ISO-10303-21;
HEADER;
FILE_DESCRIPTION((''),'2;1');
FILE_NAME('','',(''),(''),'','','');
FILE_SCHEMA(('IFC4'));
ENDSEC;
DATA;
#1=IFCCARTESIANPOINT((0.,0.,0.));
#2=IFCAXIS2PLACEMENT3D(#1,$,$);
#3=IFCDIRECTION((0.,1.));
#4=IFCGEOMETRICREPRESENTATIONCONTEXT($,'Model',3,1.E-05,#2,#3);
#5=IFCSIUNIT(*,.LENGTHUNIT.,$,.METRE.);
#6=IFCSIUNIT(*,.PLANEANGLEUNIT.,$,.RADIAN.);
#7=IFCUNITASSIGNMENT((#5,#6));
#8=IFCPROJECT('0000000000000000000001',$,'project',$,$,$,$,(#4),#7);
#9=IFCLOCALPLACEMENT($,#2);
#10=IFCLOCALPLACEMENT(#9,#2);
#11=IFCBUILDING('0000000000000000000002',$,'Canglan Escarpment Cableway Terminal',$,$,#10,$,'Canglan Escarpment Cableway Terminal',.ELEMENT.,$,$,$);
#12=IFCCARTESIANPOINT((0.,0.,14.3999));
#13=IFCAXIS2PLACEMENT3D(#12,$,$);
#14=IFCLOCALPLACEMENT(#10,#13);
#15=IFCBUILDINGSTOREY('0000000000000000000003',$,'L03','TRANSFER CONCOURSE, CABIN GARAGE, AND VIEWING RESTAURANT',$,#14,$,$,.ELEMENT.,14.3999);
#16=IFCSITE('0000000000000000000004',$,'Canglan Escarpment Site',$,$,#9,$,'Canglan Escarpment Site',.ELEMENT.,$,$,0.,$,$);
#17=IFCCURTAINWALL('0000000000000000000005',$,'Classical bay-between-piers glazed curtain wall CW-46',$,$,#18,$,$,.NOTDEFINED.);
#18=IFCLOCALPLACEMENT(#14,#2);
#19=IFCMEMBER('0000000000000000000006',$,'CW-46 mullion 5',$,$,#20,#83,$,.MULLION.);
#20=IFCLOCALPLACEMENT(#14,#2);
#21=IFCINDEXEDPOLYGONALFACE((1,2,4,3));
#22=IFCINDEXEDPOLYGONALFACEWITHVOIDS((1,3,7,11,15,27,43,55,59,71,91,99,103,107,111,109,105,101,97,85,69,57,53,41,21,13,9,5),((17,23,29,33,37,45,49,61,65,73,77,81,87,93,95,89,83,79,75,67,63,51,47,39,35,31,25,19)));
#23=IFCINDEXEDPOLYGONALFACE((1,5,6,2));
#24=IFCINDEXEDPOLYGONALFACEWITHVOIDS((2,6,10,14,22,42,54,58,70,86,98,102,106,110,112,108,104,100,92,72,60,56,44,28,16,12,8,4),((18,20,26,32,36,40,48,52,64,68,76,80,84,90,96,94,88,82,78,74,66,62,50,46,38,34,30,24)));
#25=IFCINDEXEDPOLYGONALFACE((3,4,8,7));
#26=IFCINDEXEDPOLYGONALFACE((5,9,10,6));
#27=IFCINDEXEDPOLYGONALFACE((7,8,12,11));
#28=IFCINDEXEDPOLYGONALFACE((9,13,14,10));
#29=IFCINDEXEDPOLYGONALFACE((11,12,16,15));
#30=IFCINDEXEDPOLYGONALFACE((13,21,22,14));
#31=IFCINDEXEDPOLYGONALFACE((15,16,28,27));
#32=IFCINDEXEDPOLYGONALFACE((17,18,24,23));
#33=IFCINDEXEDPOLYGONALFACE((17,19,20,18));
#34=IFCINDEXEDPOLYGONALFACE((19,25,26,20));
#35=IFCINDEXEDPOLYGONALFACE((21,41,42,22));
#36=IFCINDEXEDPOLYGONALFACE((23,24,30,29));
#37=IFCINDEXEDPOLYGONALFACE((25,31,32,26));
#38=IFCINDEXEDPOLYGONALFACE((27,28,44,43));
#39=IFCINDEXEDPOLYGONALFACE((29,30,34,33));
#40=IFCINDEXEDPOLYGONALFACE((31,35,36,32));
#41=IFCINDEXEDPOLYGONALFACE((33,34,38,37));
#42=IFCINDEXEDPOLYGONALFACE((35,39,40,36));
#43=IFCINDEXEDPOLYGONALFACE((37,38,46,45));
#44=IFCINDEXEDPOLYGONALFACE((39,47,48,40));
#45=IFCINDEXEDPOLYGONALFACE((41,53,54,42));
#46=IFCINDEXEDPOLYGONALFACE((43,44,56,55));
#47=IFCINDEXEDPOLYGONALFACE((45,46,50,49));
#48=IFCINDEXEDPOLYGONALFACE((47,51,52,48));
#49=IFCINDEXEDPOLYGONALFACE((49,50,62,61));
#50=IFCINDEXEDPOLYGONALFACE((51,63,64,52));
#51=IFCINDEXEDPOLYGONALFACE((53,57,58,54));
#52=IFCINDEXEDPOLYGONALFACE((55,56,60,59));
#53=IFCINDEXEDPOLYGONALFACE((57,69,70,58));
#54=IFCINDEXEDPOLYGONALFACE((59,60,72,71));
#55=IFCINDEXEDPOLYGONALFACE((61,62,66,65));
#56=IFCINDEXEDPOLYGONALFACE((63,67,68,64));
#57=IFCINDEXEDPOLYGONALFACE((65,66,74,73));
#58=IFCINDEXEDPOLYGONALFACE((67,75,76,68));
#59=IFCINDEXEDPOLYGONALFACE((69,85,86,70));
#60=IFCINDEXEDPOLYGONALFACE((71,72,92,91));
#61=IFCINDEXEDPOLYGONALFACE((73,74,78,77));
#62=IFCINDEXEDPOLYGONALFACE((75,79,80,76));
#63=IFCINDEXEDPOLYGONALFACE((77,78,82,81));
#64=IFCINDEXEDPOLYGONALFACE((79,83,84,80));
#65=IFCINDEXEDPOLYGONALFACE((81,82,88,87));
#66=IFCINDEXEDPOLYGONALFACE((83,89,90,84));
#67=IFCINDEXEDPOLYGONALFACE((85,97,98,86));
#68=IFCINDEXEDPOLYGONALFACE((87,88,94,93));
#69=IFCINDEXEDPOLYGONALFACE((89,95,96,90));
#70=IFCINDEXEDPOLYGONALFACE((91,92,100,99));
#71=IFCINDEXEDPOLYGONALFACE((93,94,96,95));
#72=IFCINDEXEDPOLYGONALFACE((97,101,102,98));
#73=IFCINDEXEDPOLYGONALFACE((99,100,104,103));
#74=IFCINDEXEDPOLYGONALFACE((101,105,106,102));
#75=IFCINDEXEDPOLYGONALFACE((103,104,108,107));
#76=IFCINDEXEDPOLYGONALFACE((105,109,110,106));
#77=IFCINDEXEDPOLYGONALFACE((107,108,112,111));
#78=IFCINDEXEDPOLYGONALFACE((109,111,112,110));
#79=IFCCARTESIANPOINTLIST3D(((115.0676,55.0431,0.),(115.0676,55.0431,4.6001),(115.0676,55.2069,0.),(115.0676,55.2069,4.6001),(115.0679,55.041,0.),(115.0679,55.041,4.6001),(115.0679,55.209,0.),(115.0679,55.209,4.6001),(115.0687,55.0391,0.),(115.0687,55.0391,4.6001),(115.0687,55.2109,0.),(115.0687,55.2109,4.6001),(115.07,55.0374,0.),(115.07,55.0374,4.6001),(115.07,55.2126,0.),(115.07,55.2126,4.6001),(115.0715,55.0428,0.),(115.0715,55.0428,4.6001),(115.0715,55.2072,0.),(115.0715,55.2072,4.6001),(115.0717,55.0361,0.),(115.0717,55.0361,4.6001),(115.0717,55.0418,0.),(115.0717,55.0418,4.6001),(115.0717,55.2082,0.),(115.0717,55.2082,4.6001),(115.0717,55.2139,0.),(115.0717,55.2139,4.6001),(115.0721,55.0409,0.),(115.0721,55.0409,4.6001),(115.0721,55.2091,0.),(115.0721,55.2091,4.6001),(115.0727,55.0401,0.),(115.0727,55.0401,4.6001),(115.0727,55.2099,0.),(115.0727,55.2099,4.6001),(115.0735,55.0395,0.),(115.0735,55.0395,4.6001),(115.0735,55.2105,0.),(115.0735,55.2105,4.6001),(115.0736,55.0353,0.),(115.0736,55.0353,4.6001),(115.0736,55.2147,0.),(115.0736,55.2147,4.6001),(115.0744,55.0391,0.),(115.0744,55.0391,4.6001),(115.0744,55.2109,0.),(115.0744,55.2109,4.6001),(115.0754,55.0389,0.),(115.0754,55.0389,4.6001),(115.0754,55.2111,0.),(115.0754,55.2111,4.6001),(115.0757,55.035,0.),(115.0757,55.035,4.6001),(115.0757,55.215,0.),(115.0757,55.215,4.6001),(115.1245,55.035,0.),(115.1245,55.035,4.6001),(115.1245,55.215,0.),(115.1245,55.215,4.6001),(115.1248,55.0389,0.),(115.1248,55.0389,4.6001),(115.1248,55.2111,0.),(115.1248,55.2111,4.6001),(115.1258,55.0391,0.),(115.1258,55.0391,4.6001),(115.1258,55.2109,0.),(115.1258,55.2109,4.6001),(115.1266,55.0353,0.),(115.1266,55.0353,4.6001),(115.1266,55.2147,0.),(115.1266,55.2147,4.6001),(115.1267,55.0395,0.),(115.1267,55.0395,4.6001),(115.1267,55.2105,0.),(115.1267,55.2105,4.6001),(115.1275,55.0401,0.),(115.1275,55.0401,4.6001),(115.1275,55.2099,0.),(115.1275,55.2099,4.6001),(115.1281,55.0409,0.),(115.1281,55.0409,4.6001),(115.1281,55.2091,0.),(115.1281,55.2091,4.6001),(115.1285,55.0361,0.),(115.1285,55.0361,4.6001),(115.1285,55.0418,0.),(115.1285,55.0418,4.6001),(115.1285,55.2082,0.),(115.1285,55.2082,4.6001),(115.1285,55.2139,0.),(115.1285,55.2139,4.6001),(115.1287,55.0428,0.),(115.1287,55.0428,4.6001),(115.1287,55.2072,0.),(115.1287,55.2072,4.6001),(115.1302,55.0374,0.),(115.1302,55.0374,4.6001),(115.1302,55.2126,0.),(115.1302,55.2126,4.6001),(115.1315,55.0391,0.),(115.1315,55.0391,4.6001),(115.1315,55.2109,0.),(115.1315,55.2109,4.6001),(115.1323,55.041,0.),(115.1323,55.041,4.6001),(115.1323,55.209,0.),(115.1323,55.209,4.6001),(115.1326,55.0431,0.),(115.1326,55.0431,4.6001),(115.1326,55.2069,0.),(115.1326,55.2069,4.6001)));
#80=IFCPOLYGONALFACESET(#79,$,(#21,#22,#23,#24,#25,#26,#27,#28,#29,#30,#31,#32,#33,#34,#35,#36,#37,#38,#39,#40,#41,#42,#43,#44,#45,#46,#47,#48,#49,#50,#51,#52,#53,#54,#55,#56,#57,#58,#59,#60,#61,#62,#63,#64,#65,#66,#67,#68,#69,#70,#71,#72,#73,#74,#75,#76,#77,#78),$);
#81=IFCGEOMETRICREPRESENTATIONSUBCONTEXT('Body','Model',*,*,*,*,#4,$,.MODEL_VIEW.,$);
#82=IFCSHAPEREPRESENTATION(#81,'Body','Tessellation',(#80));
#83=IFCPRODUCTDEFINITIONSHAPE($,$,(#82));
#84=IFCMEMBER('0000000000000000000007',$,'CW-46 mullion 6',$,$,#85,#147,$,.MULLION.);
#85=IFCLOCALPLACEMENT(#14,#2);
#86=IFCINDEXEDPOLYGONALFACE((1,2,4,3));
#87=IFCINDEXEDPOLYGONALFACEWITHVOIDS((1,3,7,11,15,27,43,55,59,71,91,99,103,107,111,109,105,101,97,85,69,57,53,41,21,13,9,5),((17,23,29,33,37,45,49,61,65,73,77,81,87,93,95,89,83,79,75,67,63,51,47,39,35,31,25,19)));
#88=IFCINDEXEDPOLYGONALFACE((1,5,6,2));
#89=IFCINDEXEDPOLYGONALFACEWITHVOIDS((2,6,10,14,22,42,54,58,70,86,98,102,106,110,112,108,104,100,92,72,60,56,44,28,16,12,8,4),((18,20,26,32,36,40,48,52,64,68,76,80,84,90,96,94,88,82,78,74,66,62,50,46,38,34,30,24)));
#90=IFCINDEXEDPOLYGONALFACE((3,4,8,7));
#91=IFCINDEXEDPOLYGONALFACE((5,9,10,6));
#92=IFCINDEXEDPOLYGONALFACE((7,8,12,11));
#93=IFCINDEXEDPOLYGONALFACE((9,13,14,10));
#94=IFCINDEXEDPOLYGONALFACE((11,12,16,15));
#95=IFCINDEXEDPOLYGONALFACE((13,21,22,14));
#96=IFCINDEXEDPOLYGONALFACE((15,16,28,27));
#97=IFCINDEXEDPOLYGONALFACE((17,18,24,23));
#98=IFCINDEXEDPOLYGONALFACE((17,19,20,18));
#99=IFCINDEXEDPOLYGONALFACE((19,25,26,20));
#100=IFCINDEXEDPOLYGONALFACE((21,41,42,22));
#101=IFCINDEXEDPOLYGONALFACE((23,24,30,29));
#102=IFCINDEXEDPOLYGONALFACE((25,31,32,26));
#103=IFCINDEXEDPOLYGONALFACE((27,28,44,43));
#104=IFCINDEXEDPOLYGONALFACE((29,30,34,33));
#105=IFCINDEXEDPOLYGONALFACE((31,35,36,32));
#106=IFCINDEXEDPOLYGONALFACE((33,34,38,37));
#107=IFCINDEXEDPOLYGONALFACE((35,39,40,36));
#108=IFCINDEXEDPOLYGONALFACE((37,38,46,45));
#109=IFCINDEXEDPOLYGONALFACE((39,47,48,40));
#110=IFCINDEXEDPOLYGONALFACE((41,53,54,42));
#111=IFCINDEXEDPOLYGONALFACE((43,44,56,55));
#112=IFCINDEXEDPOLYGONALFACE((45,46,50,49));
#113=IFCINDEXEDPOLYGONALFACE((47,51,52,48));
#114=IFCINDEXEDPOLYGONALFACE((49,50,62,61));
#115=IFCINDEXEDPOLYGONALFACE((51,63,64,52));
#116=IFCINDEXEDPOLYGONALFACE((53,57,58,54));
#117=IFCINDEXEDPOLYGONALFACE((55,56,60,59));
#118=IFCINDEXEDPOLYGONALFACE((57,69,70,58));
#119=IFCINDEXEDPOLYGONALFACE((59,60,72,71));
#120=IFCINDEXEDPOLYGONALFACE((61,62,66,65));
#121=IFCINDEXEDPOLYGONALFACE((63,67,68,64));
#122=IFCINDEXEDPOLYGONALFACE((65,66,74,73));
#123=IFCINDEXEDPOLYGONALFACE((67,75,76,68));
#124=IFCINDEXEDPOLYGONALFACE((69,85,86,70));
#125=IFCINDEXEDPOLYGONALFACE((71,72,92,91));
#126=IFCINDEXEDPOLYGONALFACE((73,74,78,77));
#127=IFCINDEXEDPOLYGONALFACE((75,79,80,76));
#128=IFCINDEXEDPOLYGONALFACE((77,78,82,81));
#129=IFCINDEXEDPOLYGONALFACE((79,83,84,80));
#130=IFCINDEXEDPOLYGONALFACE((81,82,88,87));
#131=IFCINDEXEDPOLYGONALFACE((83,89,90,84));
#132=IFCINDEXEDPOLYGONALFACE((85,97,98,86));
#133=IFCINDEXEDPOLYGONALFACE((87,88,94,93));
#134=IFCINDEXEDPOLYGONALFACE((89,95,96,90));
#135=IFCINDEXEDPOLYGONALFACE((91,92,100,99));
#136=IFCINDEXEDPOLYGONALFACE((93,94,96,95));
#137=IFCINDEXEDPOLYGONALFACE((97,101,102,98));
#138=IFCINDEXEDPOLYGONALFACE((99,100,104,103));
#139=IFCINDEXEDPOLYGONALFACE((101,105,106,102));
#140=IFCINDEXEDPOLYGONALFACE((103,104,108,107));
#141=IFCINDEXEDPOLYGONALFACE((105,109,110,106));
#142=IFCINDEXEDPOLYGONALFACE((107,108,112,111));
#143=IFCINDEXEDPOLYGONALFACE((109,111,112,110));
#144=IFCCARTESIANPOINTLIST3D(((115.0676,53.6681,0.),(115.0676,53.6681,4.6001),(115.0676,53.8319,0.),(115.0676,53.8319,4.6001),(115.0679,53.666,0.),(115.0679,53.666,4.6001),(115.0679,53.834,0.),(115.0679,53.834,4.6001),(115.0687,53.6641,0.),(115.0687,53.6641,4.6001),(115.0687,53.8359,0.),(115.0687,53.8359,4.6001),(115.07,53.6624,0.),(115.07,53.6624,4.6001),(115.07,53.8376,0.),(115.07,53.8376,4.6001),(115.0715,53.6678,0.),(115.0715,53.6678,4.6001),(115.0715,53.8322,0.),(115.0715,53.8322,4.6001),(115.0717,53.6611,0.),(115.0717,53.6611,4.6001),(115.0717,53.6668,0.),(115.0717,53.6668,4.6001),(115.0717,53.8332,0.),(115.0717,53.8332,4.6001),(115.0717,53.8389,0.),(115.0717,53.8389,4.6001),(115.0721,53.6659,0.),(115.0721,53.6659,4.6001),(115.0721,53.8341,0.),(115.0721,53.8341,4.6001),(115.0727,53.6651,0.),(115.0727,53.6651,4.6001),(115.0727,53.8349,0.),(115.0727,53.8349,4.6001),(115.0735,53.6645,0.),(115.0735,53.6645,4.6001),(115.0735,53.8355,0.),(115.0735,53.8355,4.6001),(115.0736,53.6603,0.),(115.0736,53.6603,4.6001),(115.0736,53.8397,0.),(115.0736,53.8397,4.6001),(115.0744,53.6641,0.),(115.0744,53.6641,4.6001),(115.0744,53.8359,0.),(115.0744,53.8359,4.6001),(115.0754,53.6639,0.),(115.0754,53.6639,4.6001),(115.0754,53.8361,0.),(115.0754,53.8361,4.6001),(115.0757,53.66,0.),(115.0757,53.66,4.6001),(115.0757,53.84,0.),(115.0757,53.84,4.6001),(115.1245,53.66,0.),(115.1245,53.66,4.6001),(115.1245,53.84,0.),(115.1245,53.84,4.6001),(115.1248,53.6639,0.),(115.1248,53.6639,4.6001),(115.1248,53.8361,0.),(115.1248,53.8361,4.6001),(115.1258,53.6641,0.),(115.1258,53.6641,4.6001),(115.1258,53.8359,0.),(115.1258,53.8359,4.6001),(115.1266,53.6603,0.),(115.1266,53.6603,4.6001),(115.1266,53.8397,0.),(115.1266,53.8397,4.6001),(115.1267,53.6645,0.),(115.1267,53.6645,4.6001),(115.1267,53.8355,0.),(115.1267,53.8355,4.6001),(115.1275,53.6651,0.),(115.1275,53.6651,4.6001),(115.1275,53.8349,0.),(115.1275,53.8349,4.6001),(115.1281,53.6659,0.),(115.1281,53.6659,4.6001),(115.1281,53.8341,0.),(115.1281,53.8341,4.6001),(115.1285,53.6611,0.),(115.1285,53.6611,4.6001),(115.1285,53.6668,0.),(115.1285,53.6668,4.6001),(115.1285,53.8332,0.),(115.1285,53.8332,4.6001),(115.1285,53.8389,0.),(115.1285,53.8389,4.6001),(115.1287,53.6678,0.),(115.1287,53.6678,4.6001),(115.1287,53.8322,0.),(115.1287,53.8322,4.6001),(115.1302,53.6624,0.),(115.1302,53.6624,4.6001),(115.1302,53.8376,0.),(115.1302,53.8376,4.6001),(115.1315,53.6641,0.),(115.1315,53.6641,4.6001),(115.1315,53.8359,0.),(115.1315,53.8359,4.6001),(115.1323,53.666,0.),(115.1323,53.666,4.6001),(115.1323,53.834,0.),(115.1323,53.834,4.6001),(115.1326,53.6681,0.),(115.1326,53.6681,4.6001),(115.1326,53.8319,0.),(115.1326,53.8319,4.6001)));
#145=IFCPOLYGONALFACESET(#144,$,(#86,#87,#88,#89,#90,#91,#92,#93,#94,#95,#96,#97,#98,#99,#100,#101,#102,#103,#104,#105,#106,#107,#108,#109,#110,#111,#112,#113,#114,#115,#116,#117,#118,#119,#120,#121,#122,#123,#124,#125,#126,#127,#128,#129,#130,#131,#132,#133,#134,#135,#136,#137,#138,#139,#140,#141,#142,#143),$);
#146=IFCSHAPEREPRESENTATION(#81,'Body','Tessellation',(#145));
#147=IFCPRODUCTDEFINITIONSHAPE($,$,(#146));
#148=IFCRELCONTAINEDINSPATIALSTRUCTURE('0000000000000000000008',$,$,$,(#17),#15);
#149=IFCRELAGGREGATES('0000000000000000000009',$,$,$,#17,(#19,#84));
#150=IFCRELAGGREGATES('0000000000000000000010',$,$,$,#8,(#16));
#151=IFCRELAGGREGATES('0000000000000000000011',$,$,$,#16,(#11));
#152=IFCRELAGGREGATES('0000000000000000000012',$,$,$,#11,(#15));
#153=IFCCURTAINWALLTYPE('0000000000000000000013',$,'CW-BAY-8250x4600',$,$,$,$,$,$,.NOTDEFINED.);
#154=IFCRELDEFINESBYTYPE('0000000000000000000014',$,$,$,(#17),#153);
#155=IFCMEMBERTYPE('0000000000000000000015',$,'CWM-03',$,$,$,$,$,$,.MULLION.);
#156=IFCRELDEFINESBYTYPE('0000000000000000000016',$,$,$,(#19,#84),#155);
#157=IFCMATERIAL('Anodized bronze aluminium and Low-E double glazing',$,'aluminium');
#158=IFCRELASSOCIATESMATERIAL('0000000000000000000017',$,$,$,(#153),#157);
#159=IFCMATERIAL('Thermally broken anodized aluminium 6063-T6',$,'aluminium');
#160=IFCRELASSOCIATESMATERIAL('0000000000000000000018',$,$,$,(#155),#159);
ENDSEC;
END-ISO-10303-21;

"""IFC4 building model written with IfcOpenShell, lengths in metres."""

from ifc_helpers import new_model, si_unit, direction, frame, origin, origin_2d, place, context, subcontext, project, spatial, hollow_rectangle, extrude, material, material_profile, profile_set, type_object, element, aggregate, save


model = new_model("IFC4")

# Units and contexts
model_context = context("Model", 3, precision=1e-05, world=origin(), true_north=direction((0.0, 1.0)))
body_context = subcontext(model_context, "Body", "Model", "MODEL_VIEW")
ifc_project = project(units=[si_unit("LENGTHUNIT", "METRE"), si_unit("PLANEANGLEUNIT", "RADIAN")], contexts=[model_context])

# Site, building, storey
site_placement = place(None, origin())
site = spatial("IfcSite", under=ifc_project, at=site_placement, Name="Canglan Escarpment Site", LongName="Canglan Escarpment Site", CompositionType="ELEMENT", RefElevation=0.0)
building_placement = place(site_placement, origin())
building = spatial("IfcBuilding", under=site, at=building_placement, Name="Canglan Escarpment Cableway Terminal", LongName="Canglan Escarpment Cableway Terminal", CompositionType="ELEMENT")
storey_placement = place(building_placement, frame((0.0, 0.0, 14.3999)))
storey = spatial("IfcBuildingStorey", under=building, at=storey_placement, Name="L03", Description="TRANSFER CONCOURSE, CABIN GARAGE, AND VIEWING RESTAURANT", CompositionType="ELEMENT", Elevation=14.3999)

# Curtain wall, members
ifc_material_1 = material(Name="Anodized bronze aluminium and Low-E double glazing", Category="aluminium")
curtain_wall_type = type_object("IfcCurtainWallType", Name="CW-BAY-8250x4600", PredefinedType="NOTDEFINED", material=ifc_material_1)
curtain_wall_placement = place(storey_placement, origin())
curtain_wall = element("IfcCurtainWall", 1, at=curtain_wall_placement, inside=storey, type_object=curtain_wall_type, Name="Classical bay-between-piers glazed curtain wall CW-46", PredefinedType="NOTDEFINED")
ifc_material_2 = material(Name="Thermally broken anodized aluminium 6063-T6", Category="aluminium")
ifc_material_profile_1 = material_profile(ifc_material_2, hollow_rectangle(XDim=0.0649, YDim=0.1799, WallThickness=0.0039, InnerFilletRadius=0.0039, OuterFilletRadius=0.0081, at=origin_2d()), Name="ALU-MULL 65x180x4")
ifc_profile_set_1 = profile_set([ifc_material_profile_1], Name="Thermally broken anodized aluminium 6063-T6")
member_type_1 = type_object("IfcMemberType", Name="CWM-03", PredefinedType="MULLION", material=ifc_profile_set_1)
member_1_placement = place(storey_placement, frame((115.1001, 55.125, 0.0), z_axis=(0.0, 0.0, 1.0), x_axis=(1.0, 0.0, 0.0)))
member_1 = element("IfcMember", 2, at=member_1_placement, type_object=member_type_1, Name="CW-46 mullion 5", PredefinedType="MULLION", context=body_context, shape_type="SweptSolid", body=[
    extrude(hollow_rectangle(XDim=0.0649, YDim=0.1799, WallThickness=0.0039, InnerFilletRadius=0.0039, OuterFilletRadius=0.0081, at=origin_2d()), origin(), (0.0, 0.0, 1.0), 4.6001),
])
member_2_placement = place(storey_placement, frame((115.1001, 53.75, 0.0), z_axis=(0.0, 0.0, 1.0), x_axis=(1.0, 0.0, 0.0)))
member_2 = element("IfcMember", 3, at=member_2_placement, type_object=member_type_1, Name="CW-46 mullion 6", PredefinedType="MULLION", context=body_context, shape_type="SweptSolid", body=[
    extrude(hollow_rectangle(XDim=0.0649, YDim=0.1799, WallThickness=0.0039, InnerFilletRadius=0.0039, OuterFilletRadius=0.0081, at=origin_2d()), origin(), (0.0, 0.0, 1.0), 4.6001),
])

aggregate(curtain_wall, [member_1, member_2])

save(model, "model.ifc")
